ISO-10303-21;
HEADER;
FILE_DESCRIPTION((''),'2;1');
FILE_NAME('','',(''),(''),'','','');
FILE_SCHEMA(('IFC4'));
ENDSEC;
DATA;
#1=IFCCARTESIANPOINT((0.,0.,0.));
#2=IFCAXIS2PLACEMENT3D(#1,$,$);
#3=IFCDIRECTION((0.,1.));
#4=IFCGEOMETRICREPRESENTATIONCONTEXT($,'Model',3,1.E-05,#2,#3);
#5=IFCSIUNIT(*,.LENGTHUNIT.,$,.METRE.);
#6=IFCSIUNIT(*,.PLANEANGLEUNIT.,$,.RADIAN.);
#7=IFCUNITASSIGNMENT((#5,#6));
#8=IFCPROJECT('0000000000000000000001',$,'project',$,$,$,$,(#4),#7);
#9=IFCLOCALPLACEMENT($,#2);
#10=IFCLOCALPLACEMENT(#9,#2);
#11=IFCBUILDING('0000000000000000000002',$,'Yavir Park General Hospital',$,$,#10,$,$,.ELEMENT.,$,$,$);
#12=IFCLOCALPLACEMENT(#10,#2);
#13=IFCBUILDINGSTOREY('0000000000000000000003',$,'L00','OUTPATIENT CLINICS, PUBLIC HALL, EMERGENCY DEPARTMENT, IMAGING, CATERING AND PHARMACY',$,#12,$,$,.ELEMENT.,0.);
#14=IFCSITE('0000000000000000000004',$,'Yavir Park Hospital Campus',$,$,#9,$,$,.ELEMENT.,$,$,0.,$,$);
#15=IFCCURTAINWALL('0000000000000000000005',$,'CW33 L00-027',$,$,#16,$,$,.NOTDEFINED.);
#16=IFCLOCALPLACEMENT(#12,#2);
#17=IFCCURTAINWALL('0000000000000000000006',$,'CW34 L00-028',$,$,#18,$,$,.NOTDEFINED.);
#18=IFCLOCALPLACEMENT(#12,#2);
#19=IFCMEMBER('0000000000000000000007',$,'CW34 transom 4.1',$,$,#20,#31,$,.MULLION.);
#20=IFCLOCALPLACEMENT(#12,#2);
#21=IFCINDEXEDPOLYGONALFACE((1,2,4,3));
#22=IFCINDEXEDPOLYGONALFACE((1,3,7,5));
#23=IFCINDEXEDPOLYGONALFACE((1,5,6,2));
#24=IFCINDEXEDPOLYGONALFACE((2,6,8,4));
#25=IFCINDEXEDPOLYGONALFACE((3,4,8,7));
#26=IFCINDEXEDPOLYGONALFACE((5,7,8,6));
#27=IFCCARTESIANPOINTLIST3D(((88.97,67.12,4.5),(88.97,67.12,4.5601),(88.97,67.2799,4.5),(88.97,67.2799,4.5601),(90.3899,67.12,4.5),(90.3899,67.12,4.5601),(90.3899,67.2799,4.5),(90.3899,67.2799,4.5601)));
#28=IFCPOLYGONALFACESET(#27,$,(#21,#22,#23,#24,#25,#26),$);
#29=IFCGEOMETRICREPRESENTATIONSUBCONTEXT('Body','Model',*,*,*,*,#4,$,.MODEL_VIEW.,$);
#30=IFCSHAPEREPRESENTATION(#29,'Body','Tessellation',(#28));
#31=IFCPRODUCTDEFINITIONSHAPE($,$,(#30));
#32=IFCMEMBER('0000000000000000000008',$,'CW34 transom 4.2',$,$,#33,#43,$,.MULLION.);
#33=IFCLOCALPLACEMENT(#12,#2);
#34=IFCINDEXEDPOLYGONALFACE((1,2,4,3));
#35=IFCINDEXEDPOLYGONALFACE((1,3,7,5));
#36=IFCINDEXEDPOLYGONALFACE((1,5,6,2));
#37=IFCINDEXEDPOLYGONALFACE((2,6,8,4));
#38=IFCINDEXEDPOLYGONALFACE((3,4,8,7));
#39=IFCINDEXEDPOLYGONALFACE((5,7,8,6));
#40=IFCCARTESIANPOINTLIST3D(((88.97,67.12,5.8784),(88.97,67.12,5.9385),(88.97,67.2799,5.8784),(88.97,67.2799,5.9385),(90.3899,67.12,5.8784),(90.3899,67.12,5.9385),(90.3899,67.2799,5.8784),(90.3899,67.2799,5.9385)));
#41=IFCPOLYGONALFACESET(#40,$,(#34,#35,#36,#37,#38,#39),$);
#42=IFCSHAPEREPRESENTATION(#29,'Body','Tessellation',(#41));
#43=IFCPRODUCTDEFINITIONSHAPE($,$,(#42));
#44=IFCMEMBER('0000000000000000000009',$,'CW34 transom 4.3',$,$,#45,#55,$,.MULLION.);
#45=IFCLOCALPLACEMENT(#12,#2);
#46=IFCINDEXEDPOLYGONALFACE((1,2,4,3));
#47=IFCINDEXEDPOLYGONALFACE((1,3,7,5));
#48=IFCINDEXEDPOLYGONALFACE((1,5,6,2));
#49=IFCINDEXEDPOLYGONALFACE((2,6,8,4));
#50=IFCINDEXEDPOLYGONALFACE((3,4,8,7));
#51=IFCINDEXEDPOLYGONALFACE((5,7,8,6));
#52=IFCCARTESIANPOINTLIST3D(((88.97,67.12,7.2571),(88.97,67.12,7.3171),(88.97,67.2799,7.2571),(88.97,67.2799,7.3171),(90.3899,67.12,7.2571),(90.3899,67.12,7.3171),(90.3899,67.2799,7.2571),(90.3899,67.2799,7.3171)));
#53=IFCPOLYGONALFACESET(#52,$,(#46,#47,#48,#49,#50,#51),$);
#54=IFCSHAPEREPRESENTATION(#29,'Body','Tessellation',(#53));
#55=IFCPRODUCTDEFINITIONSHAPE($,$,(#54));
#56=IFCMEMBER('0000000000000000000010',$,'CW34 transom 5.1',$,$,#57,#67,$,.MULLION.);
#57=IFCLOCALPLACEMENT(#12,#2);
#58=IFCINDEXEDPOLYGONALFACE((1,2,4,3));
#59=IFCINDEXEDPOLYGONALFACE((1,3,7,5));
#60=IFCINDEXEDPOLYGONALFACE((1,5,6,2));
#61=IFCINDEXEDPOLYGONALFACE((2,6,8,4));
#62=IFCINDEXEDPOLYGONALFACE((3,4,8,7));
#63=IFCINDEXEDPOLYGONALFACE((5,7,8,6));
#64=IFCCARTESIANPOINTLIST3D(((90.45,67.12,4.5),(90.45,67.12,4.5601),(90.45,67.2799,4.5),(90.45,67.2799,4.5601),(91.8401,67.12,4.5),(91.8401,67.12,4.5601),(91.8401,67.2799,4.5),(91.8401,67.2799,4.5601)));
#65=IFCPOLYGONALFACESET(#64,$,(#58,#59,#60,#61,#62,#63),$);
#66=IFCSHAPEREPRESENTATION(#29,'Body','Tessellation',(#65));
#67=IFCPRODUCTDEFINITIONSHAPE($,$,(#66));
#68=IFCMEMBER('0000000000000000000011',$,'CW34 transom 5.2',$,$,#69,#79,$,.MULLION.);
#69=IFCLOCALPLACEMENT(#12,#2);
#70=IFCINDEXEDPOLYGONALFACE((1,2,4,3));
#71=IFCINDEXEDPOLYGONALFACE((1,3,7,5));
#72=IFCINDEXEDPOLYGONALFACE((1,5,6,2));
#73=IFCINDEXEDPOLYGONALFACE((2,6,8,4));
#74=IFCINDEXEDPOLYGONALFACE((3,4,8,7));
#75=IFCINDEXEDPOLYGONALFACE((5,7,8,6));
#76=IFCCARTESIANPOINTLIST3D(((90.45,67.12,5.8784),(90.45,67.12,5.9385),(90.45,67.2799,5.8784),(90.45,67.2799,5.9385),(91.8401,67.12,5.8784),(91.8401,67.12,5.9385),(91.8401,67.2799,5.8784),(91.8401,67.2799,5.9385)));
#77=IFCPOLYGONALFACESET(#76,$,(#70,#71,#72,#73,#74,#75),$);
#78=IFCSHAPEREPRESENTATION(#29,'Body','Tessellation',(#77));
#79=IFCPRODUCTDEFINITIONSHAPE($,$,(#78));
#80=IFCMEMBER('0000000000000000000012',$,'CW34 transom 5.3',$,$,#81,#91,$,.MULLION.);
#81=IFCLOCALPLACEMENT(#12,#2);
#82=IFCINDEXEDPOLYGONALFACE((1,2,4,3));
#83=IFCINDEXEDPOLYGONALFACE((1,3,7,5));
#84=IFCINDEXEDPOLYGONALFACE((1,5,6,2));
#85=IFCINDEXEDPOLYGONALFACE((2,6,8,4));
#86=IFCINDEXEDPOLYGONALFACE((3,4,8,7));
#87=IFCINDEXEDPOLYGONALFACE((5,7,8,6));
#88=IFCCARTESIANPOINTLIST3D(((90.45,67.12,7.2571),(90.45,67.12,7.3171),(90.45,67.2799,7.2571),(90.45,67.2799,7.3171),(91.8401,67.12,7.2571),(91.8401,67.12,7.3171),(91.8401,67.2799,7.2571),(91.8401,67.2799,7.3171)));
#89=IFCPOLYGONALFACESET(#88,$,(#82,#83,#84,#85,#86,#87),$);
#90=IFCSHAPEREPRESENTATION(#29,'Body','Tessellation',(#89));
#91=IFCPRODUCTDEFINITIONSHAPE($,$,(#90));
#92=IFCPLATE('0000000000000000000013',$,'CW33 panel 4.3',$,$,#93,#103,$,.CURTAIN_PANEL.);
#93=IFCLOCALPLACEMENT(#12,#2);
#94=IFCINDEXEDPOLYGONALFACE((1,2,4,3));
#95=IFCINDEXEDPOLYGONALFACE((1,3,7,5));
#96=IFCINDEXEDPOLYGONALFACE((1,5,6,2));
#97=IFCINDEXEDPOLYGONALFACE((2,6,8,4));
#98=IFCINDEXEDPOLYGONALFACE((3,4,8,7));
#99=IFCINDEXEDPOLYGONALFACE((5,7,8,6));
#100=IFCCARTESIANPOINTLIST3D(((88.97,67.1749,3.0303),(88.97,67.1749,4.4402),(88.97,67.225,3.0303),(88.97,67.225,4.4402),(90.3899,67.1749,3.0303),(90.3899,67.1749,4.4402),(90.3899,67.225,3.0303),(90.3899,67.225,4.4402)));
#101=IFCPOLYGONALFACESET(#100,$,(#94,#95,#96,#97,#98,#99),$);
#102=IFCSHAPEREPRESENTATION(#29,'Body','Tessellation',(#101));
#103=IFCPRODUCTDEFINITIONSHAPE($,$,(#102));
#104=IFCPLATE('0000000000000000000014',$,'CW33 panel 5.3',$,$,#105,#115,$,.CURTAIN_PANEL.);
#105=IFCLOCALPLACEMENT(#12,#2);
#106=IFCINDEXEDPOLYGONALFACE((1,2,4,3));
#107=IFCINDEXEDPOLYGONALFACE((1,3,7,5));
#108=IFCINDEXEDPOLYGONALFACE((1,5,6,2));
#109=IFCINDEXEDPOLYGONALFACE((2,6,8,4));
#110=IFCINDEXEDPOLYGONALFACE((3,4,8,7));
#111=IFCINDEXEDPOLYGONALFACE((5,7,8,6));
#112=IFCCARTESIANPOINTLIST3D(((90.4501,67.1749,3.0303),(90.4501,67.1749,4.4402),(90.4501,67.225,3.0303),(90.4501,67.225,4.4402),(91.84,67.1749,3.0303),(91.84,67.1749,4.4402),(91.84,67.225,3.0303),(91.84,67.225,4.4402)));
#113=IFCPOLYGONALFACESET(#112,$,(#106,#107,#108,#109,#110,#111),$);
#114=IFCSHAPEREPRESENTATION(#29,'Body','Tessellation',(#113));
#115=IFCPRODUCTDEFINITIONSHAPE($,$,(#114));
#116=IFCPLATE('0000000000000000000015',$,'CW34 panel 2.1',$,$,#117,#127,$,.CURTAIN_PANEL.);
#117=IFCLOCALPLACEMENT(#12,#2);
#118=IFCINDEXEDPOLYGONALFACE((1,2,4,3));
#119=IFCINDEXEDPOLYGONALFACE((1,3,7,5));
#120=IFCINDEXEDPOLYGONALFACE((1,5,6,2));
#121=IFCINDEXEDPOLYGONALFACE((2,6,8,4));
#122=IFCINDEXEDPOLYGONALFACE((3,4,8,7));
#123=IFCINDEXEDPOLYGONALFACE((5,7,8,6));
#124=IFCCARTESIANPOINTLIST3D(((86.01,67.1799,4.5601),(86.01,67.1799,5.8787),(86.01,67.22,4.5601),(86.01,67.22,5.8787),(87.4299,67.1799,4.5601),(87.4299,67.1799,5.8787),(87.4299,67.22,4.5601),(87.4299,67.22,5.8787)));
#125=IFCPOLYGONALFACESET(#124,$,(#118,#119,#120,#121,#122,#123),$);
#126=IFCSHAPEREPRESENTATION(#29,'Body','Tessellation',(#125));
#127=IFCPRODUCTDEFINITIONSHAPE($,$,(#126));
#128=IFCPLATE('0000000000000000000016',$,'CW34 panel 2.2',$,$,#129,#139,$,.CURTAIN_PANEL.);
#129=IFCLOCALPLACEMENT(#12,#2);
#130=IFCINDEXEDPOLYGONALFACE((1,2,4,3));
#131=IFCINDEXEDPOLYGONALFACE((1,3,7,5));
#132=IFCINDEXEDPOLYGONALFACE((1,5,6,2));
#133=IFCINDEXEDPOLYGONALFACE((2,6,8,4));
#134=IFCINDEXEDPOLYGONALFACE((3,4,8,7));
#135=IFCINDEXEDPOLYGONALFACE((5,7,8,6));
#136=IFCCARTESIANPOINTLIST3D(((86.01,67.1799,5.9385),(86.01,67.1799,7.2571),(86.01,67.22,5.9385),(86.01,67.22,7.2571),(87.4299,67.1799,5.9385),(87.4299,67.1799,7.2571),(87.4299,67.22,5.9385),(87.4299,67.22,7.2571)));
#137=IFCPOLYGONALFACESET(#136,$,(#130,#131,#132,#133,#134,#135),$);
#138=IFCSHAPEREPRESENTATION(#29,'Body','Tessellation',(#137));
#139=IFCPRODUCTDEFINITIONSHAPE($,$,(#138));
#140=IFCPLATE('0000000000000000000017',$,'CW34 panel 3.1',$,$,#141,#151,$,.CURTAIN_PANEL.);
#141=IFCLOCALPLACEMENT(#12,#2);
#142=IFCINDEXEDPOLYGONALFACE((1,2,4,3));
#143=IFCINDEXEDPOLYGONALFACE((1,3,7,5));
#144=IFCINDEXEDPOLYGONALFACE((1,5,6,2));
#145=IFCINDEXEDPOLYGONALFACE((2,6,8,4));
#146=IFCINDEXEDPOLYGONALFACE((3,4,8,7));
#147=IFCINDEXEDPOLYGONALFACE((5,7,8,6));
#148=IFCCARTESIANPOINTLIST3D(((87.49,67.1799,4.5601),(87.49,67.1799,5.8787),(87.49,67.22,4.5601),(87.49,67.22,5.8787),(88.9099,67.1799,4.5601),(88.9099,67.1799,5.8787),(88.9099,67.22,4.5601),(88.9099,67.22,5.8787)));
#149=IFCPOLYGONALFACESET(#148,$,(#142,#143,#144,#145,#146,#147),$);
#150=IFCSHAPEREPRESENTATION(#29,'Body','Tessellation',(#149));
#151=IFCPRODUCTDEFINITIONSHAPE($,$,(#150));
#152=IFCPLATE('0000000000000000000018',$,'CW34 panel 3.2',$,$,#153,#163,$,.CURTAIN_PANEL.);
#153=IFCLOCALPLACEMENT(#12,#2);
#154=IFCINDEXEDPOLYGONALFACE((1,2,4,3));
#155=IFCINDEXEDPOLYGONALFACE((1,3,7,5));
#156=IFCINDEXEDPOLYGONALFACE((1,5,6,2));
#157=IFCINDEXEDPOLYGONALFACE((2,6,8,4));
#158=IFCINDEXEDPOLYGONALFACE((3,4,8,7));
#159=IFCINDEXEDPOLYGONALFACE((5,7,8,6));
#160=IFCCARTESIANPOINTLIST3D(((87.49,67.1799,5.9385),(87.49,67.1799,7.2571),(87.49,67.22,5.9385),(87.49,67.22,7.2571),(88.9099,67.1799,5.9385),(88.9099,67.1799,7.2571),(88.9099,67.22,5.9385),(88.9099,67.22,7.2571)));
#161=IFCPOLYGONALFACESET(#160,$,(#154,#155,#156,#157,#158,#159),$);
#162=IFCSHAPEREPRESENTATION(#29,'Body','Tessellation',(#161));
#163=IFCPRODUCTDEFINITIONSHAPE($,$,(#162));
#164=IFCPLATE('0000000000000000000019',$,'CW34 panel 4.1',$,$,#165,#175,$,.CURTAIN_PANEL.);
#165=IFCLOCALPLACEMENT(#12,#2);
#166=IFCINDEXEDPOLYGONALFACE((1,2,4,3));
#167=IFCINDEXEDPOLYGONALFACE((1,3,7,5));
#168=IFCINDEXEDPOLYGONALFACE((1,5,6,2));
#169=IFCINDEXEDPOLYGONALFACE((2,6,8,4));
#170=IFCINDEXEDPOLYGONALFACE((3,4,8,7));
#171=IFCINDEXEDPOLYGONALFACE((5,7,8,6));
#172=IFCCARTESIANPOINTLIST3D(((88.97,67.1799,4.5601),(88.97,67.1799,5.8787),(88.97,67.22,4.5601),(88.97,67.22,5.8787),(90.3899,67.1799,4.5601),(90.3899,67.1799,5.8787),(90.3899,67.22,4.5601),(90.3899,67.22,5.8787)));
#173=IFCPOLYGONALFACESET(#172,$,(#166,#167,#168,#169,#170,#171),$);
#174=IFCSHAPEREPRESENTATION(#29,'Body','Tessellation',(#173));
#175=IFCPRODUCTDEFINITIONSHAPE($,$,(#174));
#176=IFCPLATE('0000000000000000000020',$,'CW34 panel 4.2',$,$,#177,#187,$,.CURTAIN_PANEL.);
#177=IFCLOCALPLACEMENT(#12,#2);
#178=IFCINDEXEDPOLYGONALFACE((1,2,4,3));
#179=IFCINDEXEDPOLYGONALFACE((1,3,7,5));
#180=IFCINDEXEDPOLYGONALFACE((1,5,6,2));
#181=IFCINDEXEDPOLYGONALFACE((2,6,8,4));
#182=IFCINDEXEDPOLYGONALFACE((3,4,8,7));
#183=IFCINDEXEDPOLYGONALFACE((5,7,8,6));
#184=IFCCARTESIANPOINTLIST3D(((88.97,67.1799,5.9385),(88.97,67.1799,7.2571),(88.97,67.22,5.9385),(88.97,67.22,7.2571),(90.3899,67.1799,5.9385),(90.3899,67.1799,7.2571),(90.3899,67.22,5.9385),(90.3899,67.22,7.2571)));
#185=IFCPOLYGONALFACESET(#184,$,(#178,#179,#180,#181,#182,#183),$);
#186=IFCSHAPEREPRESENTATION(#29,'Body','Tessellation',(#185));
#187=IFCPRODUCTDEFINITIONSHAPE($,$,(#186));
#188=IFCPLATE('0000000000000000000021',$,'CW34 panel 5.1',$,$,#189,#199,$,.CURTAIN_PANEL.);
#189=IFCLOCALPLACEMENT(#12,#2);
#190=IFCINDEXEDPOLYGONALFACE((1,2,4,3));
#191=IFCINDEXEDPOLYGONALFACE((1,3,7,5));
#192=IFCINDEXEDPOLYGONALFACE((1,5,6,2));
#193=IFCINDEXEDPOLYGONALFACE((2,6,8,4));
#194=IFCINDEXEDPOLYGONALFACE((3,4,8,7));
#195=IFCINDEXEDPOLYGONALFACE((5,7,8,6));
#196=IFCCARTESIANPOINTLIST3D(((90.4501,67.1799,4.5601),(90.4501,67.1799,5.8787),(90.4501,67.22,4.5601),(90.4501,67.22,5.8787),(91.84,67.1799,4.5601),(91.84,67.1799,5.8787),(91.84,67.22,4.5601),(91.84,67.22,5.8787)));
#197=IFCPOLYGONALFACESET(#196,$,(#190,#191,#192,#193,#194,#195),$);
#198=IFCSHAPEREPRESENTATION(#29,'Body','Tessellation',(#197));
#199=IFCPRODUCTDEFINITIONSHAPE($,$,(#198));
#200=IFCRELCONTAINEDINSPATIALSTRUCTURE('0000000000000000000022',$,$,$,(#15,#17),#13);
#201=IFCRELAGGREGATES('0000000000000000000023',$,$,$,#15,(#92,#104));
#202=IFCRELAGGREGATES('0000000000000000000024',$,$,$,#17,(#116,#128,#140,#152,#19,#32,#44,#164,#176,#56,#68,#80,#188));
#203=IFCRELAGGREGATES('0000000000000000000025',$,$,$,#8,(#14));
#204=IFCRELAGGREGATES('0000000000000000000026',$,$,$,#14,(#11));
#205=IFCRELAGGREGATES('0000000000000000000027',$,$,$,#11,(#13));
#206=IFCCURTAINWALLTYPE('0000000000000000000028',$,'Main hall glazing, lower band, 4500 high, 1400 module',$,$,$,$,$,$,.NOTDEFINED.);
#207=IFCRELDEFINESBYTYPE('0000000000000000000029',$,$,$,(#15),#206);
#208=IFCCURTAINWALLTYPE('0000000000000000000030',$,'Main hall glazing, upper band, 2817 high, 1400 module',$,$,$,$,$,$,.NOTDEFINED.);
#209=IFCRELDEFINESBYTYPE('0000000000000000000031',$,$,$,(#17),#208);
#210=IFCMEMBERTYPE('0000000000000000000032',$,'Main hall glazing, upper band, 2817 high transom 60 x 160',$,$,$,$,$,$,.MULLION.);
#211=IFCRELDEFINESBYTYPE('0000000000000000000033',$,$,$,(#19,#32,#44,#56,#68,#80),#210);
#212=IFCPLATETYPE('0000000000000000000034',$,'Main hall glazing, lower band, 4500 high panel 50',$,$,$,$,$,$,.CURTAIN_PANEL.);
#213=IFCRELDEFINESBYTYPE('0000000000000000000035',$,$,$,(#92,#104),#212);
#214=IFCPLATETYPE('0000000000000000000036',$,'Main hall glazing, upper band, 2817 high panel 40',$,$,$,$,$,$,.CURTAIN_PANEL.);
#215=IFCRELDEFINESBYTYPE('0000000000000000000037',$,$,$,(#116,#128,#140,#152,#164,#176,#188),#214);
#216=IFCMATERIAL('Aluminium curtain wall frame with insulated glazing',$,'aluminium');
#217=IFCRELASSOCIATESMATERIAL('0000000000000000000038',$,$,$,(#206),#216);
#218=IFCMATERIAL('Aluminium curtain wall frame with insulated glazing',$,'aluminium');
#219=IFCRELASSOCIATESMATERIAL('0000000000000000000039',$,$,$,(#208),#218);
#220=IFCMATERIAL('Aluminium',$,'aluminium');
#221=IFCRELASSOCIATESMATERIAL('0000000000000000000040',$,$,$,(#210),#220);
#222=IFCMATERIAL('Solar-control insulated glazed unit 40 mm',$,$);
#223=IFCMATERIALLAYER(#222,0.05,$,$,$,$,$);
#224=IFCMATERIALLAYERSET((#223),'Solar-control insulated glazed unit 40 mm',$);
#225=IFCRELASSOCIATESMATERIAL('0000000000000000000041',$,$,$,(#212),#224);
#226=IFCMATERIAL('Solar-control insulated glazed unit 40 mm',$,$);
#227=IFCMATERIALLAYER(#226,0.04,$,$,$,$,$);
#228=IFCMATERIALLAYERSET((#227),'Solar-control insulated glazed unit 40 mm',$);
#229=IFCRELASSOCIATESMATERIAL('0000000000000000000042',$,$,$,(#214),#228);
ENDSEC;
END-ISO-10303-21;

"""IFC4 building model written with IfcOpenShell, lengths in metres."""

from ifc_helpers import new_model, si_unit, direction, frame, origin, origin_2d, place, context, subcontext, project, spatial, rectangle, extrude, material, layer, layer_set, material_profile, profile_set, type_object, element, aggregate, save


model = new_model("IFC4")

# Units and contexts
model_context = context("Model", 3, precision=1e-05, world=origin(), true_north=direction((0.0, 1.0)))
body_context = subcontext(model_context, "Body", "Model", "MODEL_VIEW")
ifc_project = project(units=[si_unit("LENGTHUNIT", "METRE"), si_unit("PLANEANGLEUNIT", "RADIAN")], contexts=[model_context])

# Site, building, storey
site_placement = place(None, origin())
site = spatial("IfcSite", under=ifc_project, at=site_placement, Name="Yavir Park Hospital Campus", CompositionType="ELEMENT", RefElevation=0.0)
building_placement = place(site_placement, origin())
building = spatial("IfcBuilding", under=site, at=building_placement, Name="Yavir Park General Hospital", CompositionType="ELEMENT")
storey_placement = place(building_placement, origin())
storey = spatial("IfcBuildingStorey", under=building, at=storey_placement, Name="L00", Description="OUTPATIENT CLINICS, PUBLIC HALL, EMERGENCY DEPARTMENT, IMAGING, CATERING AND PHARMACY", CompositionType="ELEMENT", Elevation=0.0)

# Curtain walls, members
ifc_material_1 = material(Name="Aluminium curtain wall frame with insulated glazing", Category="aluminium")
curtain_wall_type_1 = type_object("IfcCurtainWallType", Name="Main hall glazing, lower band, 4500 high, 1400 module", PredefinedType="NOTDEFINED", material=ifc_material_1)
curtain_wall_1_placement = place(storey_placement, origin())
curtain_wall_1 = element("IfcCurtainWall", 1, at=curtain_wall_1_placement, inside=storey, type_object=curtain_wall_type_1, Name="CW33 L00-027", PredefinedType="NOTDEFINED")
ifc_material_2 = material(Name="Aluminium curtain wall frame with insulated glazing", Category="aluminium")
curtain_wall_type_2 = type_object("IfcCurtainWallType", Name="Main hall glazing, upper band, 2817 high, 1400 module", PredefinedType="NOTDEFINED", material=ifc_material_2)
curtain_wall_2_placement = place(storey_placement, origin())
curtain_wall_2 = element("IfcCurtainWall", 2, at=curtain_wall_2_placement, inside=storey, type_object=curtain_wall_type_2, Name="CW34 L00-028", PredefinedType="NOTDEFINED")
ifc_material_3 = material(Name="Aluminium", Category="aluminium")
ifc_material_profile_1 = material_profile(ifc_material_3, rectangle(XDim=0.1599, YDim=0.0601, at=origin_2d()), Name="AL 160x60")
ifc_profile_set_1 = profile_set([ifc_material_profile_1], Name="Aluminium")
member_type_1 = type_object("IfcMemberType", Name="Main hall glazing, upper band, 2817 high transom 60 x 160", PredefinedType="MULLION", material=ifc_profile_set_1)
member_1_placement = place(storey_placement, frame((88.97, 67.2, 4.53), z_axis=(1.0, 0.0, 0.0), x_axis=(0.0, 1.0, 0.0)))
member_1 = element("IfcMember", 3, at=member_1_placement, type_object=member_type_1, Name="CW34 transom 4.1", PredefinedType="MULLION", context=body_context, shape_type="SweptSolid", body=[
    extrude(rectangle(XDim=0.1599, YDim=0.0601, at=origin_2d()), origin(), (0.0, 0.0, 1.0), 1.4199),
])
member_2_placement = place(storey_placement, frame((88.97, 67.2, 5.9084), z_axis=(1.0, 0.0, 0.0), x_axis=(0.0, 1.0, 0.0)))
member_2 = element("IfcMember", 4, at=member_2_placement, type_object=member_type_1, Name="CW34 transom 4.2", PredefinedType="MULLION", context=body_context, shape_type="SweptSolid", body=[
    extrude(rectangle(XDim=0.1599, YDim=0.0601, at=origin_2d()), origin(), (0.0, 0.0, 1.0), 1.4199),
])
member_3_placement = place(storey_placement, frame((88.97, 67.2, 7.2871), z_axis=(1.0, 0.0, 0.0), x_axis=(0.0, 1.0, 0.0)))
member_3 = element("IfcMember", 5, at=member_3_placement, type_object=member_type_1, Name="CW34 transom 4.3", PredefinedType="MULLION", context=body_context, shape_type="SweptSolid", body=[
    extrude(rectangle(XDim=0.1599, YDim=0.0601, at=origin_2d()), origin(), (0.0, 0.0, 1.0), 1.4199),
])
member_4_placement = place(storey_placement, frame((90.45, 67.2, 4.53), z_axis=(1.0, 0.0, 0.0), x_axis=(0.0, 1.0, 0.0)))
member_4 = element("IfcMember", 6, at=member_4_placement, type_object=member_type_1, Name="CW34 transom 5.1", PredefinedType="MULLION", context=body_context, shape_type="SweptSolid", body=[
    extrude(rectangle(XDim=0.1599, YDim=0.0601, at=origin_2d()), origin(), (0.0, 0.0, 1.0), 1.3901),
])
member_5_placement = place(storey_placement, frame((90.45, 67.2, 5.9084), z_axis=(1.0, 0.0, 0.0), x_axis=(0.0, 1.0, 0.0)))
member_5 = element("IfcMember", 7, at=member_5_placement, type_object=member_type_1, Name="CW34 transom 5.2", PredefinedType="MULLION", context=body_context, shape_type="SweptSolid", body=[
    extrude(rectangle(XDim=0.1599, YDim=0.0601, at=origin_2d()), origin(), (0.0, 0.0, 1.0), 1.3901),
])
member_6_placement = place(storey_placement, frame((90.45, 67.2, 7.2871), z_axis=(1.0, 0.0, 0.0), x_axis=(0.0, 1.0, 0.0)))
member_6 = element("IfcMember", 8, at=member_6_placement, type_object=member_type_1, Name="CW34 transom 5.3", PredefinedType="MULLION", context=body_context, shape_type="SweptSolid", body=[
    extrude(rectangle(XDim=0.1599, YDim=0.0601, at=origin_2d()), origin(), (0.0, 0.0, 1.0), 1.3901),
])

# Plates
ifc_material_4 = material(Name="Solar-control insulated glazed unit 40 mm")
ifc_layer_1 = layer(ifc_material_4, 0.05)
ifc_layer_set_1 = layer_set([ifc_layer_1], Name="Solar-control insulated glazed unit 40 mm")
plate_type_1 = type_object("IfcPlateType", Name="Main hall glazing, lower band, 4500 high panel 50", PredefinedType="CURTAIN_PANEL", material=ifc_layer_set_1)
plate_1_placement = place(storey_placement, frame((89.6799, 67.2, 3.0303), z_axis=(0.0, 0.0, 1.0), x_axis=(1.0, 0.0, 0.0)))
plate_1 = element("IfcPlate", 9, at=plate_1_placement, type_object=plate_type_1, Name="CW33 panel 4.3", PredefinedType="CURTAIN_PANEL", context=body_context, shape_type="SweptSolid", body=[
    extrude(rectangle(XDim=1.4199, YDim=0.05, at=origin_2d()), origin(), (0.0, 0.0, 1.0), 1.4099),
])
plate_2_placement = place(storey_placement, frame((91.145, 67.2, 3.0303), z_axis=(0.0, 0.0, 1.0), x_axis=(1.0, 0.0, 0.0)))
plate_2 = element("IfcPlate", 10, at=plate_2_placement, type_object=plate_type_1, Name="CW33 panel 5.3", PredefinedType="CURTAIN_PANEL", context=body_context, shape_type="SweptSolid", body=[
    extrude(rectangle(XDim=1.3899, YDim=0.05, at=origin_2d()), origin(), (0.0, 0.0, 1.0), 1.4099),
])
aggregate(curtain_wall_1, [plate_1, plate_2])
ifc_material_5 = material(Name="Solar-control insulated glazed unit 40 mm")
ifc_layer_2 = layer(ifc_material_5, 0.04)
ifc_layer_set_2 = layer_set([ifc_layer_2], Name="Solar-control insulated glazed unit 40 mm")
plate_type_2 = type_object("IfcPlateType", Name="Main hall glazing, upper band, 2817 high panel 40", PredefinedType="CURTAIN_PANEL", material=ifc_layer_set_2)
plate_3_placement = place(storey_placement, frame((86.72, 67.2, 4.5601), z_axis=(0.0, 0.0, 1.0), x_axis=(1.0, 0.0, 0.0)))
plate_3 = element("IfcPlate", 11, at=plate_3_placement, type_object=plate_type_2, Name="CW34 panel 2.1", PredefinedType="CURTAIN_PANEL", context=body_context, shape_type="SweptSolid", body=[
    extrude(rectangle(XDim=1.4199, YDim=0.04, at=origin_2d()), origin(), (0.0, 0.0, 1.0), 1.3186),
])
plate_4_placement = place(storey_placement, frame((86.72, 67.2, 5.9385), z_axis=(0.0, 0.0, 1.0), x_axis=(1.0, 0.0, 0.0)))
plate_4 = element("IfcPlate", 12, at=plate_4_placement, type_object=plate_type_2, Name="CW34 panel 2.2", PredefinedType="CURTAIN_PANEL", context=body_context, shape_type="SweptSolid", body=[
    extrude(rectangle(XDim=1.4199, YDim=0.04, at=origin_2d()), origin(), (0.0, 0.0, 1.0), 1.3186),
])
plate_5_placement = place(storey_placement, frame((88.2, 67.2, 4.5601), z_axis=(0.0, 0.0, 1.0), x_axis=(1.0, 0.0, 0.0)))
plate_5 = element("IfcPlate", 13, at=plate_5_placement, type_object=plate_type_2, Name="CW34 panel 3.1", PredefinedType="CURTAIN_PANEL", context=body_context, shape_type="SweptSolid", body=[
    extrude(rectangle(XDim=1.4199, YDim=0.04, at=origin_2d()), origin(), (0.0, 0.0, 1.0), 1.3186),
])
plate_6_placement = place(storey_placement, frame((88.2, 67.2, 5.9385), z_axis=(0.0, 0.0, 1.0), x_axis=(1.0, 0.0, 0.0)))
plate_6 = element("IfcPlate", 14, at=plate_6_placement, type_object=plate_type_2, Name="CW34 panel 3.2", PredefinedType="CURTAIN_PANEL", context=body_context, shape_type="SweptSolid", body=[
    extrude(rectangle(XDim=1.4199, YDim=0.04, at=origin_2d()), origin(), (0.0, 0.0, 1.0), 1.3186),
])
plate_7_placement = place(storey_placement, frame((89.6799, 67.2, 4.5601), z_axis=(0.0, 0.0, 1.0), x_axis=(1.0, 0.0, 0.0)))
plate_7 = element("IfcPlate", 15, at=plate_7_placement, type_object=plate_type_2, Name="CW34 panel 4.1", PredefinedType="CURTAIN_PANEL", context=body_context, shape_type="SweptSolid", body=[
    extrude(rectangle(XDim=1.4199, YDim=0.04, at=origin_2d()), origin(), (0.0, 0.0, 1.0), 1.3186),
])
plate_8_placement = place(storey_placement, frame((89.6799, 67.2, 5.9385), z_axis=(0.0, 0.0, 1.0), x_axis=(1.0, 0.0, 0.0)))
plate_8 = element("IfcPlate", 16, at=plate_8_placement, type_object=plate_type_2, Name="CW34 panel 4.2", PredefinedType="CURTAIN_PANEL", context=body_context, shape_type="SweptSolid", body=[
    extrude(rectangle(XDim=1.4199, YDim=0.04, at=origin_2d()), origin(), (0.0, 0.0, 1.0), 1.3186),
])
plate_9_placement = place(storey_placement, frame((91.145, 67.2, 4.5601), z_axis=(0.0, 0.0, 1.0), x_axis=(1.0, 0.0, 0.0)))
plate_9 = element("IfcPlate", 17, at=plate_9_placement, type_object=plate_type_2, Name="CW34 panel 5.1", PredefinedType="CURTAIN_PANEL", context=body_context, shape_type="SweptSolid", body=[
    extrude(rectangle(XDim=1.3899, YDim=0.04, at=origin_2d()), origin(), (0.0, 0.0, 1.0), 1.3186),
])
aggregate(curtain_wall_2, [plate_3, plate_4, plate_5, plate_6, member_1, member_2, member_3, plate_7, plate_8, member_4, member_5, member_6, plate_9])

save(model, "model.ifc")
